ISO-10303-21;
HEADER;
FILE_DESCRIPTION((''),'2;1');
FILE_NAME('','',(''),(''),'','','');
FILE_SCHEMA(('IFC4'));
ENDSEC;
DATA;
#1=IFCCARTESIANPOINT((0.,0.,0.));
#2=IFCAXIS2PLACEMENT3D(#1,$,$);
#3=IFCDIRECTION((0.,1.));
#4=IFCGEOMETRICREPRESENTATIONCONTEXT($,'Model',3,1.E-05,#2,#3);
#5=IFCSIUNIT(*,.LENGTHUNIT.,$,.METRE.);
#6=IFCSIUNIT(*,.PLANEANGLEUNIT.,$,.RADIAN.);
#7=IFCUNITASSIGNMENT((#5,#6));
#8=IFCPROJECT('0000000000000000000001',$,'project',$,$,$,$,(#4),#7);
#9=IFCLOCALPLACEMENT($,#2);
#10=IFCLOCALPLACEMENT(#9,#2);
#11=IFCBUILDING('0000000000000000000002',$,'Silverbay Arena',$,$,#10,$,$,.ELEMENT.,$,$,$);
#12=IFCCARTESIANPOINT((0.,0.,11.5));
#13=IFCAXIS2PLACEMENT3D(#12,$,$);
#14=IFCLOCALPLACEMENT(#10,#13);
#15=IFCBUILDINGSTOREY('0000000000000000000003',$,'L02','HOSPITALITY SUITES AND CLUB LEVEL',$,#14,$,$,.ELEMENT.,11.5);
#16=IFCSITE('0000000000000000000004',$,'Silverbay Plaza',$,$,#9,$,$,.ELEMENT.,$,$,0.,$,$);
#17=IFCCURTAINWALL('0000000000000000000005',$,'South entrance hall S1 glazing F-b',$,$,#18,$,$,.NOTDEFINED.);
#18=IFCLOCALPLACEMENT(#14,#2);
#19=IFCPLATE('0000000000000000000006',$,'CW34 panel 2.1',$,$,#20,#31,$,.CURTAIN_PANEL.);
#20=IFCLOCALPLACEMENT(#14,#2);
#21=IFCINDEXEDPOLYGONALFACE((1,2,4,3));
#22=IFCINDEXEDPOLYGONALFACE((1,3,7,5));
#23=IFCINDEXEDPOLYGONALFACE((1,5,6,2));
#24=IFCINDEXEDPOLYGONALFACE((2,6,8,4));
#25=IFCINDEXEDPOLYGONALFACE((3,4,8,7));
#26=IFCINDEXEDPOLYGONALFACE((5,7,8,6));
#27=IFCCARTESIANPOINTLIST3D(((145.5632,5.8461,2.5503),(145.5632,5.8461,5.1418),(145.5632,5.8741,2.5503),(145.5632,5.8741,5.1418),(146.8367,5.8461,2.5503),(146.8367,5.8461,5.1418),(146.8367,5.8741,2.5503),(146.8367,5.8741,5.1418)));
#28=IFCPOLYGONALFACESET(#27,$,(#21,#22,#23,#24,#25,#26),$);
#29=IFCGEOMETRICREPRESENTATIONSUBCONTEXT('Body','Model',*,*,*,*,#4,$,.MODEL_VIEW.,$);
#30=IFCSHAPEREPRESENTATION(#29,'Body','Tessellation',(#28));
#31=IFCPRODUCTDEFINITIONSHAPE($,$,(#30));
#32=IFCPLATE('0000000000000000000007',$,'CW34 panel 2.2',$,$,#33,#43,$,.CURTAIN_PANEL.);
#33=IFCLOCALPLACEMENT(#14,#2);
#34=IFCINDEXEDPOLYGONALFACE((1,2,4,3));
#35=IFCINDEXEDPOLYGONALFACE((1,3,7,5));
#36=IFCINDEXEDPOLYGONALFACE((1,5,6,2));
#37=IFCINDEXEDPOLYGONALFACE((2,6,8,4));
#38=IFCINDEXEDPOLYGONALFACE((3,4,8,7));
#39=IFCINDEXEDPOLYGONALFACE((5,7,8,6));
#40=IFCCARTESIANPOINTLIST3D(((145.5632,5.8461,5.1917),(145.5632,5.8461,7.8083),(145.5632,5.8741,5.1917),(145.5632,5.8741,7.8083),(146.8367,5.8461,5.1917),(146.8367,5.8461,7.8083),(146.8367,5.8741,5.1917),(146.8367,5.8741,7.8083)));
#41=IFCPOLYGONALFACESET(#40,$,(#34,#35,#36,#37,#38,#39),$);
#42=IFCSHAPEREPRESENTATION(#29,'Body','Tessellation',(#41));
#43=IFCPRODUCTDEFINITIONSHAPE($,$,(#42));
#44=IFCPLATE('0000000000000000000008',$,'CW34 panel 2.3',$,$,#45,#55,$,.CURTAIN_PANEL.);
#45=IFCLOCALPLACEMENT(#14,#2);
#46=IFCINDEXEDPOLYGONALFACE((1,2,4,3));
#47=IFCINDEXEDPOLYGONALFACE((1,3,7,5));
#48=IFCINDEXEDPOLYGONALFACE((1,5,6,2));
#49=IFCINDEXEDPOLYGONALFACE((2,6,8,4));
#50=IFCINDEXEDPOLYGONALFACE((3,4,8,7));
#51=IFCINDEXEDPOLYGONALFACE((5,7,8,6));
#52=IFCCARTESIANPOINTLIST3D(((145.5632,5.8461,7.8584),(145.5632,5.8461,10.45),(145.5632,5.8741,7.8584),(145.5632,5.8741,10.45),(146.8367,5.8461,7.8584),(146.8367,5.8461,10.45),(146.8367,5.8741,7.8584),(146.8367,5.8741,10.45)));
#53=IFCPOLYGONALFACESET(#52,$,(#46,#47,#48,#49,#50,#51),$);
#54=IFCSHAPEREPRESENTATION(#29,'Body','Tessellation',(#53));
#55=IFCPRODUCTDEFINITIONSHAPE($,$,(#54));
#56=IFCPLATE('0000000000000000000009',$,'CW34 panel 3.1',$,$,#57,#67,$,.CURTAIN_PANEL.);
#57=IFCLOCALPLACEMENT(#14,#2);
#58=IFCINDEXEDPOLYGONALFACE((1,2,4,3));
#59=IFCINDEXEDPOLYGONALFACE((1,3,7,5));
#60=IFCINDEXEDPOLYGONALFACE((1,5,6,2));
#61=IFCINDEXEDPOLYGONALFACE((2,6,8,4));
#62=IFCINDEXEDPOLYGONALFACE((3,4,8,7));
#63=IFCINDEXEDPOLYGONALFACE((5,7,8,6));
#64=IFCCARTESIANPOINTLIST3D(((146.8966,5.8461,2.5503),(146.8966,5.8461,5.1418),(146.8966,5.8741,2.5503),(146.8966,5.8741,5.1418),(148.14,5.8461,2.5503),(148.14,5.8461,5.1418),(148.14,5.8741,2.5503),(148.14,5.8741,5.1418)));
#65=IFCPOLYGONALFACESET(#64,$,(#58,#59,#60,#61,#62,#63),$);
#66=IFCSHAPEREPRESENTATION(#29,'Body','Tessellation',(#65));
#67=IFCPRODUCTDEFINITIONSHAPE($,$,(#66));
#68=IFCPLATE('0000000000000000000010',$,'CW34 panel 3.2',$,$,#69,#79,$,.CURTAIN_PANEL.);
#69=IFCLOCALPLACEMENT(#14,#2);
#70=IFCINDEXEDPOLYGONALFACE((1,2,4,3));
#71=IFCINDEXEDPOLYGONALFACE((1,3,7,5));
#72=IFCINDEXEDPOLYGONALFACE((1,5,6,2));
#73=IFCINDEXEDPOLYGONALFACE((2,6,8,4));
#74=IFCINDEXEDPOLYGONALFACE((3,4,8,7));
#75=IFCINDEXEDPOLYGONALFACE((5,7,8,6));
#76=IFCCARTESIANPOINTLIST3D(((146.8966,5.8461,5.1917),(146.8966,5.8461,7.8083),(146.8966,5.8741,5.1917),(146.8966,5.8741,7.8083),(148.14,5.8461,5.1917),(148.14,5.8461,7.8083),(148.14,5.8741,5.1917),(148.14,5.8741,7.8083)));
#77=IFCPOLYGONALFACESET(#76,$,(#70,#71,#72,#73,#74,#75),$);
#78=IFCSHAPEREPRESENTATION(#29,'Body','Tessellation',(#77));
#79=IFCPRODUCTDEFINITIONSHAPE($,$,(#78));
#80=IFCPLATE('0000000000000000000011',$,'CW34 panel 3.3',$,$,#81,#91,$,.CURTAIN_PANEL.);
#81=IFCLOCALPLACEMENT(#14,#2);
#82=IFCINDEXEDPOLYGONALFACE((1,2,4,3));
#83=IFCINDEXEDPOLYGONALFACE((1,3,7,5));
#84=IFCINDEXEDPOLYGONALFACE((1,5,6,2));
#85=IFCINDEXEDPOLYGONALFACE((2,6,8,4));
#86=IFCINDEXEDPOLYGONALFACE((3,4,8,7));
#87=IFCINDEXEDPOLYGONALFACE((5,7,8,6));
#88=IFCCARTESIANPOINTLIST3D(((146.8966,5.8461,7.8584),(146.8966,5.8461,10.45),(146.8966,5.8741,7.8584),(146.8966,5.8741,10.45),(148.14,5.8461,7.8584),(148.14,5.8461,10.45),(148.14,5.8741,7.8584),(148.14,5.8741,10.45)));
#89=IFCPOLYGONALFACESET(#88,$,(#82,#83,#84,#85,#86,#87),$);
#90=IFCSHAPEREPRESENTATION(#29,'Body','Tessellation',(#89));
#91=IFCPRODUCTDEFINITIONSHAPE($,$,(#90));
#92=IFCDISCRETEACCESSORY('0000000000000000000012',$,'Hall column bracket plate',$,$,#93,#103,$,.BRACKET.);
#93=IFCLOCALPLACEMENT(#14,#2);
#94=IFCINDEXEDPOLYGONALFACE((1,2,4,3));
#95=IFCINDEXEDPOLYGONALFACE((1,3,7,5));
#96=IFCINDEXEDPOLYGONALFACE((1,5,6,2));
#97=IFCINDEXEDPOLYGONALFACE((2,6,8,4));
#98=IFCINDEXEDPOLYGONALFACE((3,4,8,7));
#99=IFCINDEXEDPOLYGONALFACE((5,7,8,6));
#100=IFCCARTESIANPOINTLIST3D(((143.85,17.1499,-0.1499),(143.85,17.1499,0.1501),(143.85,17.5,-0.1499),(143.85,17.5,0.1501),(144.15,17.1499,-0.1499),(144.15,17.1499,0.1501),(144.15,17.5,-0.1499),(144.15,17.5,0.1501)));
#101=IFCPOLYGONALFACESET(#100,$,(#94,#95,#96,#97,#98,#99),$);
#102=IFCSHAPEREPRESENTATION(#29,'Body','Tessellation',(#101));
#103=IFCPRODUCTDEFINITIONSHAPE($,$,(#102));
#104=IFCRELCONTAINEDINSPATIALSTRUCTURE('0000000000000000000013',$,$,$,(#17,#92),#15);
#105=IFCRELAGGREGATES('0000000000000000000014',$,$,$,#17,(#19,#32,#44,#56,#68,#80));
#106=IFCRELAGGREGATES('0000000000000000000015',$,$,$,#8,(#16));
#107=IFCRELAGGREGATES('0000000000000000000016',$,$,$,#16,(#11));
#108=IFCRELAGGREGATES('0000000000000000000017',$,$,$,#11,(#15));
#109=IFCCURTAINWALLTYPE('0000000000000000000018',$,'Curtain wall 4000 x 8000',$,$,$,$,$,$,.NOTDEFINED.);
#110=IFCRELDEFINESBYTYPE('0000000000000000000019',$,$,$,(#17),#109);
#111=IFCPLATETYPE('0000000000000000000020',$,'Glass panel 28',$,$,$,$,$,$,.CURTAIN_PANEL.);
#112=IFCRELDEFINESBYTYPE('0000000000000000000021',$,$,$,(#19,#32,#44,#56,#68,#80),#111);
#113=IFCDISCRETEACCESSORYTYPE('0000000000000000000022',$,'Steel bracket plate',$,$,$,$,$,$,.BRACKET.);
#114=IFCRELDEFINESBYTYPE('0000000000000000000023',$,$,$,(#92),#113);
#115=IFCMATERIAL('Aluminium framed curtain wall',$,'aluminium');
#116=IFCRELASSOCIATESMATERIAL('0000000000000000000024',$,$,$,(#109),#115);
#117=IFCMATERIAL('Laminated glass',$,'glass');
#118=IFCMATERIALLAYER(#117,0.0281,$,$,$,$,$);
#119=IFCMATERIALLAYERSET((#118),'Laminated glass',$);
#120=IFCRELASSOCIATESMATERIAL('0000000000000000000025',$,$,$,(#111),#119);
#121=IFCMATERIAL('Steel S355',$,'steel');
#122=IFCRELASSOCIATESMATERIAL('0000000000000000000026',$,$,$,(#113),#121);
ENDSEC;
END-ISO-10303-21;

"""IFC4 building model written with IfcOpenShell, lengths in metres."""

from ifc_helpers import new_model, si_unit, direction, frame, origin, origin_2d, place, context, subcontext, project, spatial, rectangle, extrude, material, layer, layer_set, type_object, element, aggregate, save


model = new_model("IFC4")

# Units and contexts
model_context = context("Model", 3, precision=1e-05, world=origin(), true_north=direction((0.0, 1.0)))
body_context = subcontext(model_context, "Body", "Model", "MODEL_VIEW")
ifc_project = project(units=[si_unit("LENGTHUNIT", "METRE"), si_unit("PLANEANGLEUNIT", "RADIAN")], contexts=[model_context])

# Site, building, storey
site_placement = place(None, origin())
site = spatial("IfcSite", under=ifc_project, at=site_placement, Name="Silverbay Plaza", CompositionType="ELEMENT", RefElevation=0.0)
building_placement = place(site_placement, origin())
building = spatial("IfcBuilding", under=site, at=building_placement, Name="Silverbay Arena", CompositionType="ELEMENT")
storey_placement = place(building_placement, frame((0.0, 0.0, 11.5)))
storey = spatial("IfcBuildingStorey", under=building, at=storey_placement, Name="L02", Description="HOSPITALITY SUITES AND CLUB LEVEL", CompositionType="ELEMENT", Elevation=11.5)

# Curtain wall
ifc_material_1 = material(Name="Aluminium framed curtain wall", Category="aluminium")
curtain_wall_type_1 = type_object("IfcCurtainWallType", Name="Curtain wall 4000 x 8000", PredefinedType="NOTDEFINED", material=ifc_material_1)
curtain_wall_1_placement = place(storey_placement, origin())
curtain_wall_1 = element("IfcCurtainWall", 1, at=curtain_wall_1_placement, inside=storey, type_object=curtain_wall_type_1, Name="South entrance hall S1 glazing F-b", PredefinedType="NOTDEFINED")

# Plates
ifc_material_2 = material(Name="Laminated glass", Category="glass")
ifc_layer = layer(ifc_material_2, 0.0281)
ifc_layer_set = layer_set([ifc_layer], Name="Laminated glass")
plate_type = type_object("IfcPlateType", Name="Glass panel 28", PredefinedType="CURTAIN_PANEL", material=ifc_layer_set)
plate_1_placement = place(storey_placement, frame((146.2, 5.8601, 2.5503), z_axis=(0.0, 0.0, 1.0), x_axis=(1.0, 0.0, 0.0)))
plate_1 = element("IfcPlate", 2, at=plate_1_placement, type_object=plate_type, Name="CW34 panel 2.1", PredefinedType="CURTAIN_PANEL", context=body_context, shape_type="SweptSolid", body=[
    extrude(rectangle(XDim=1.2734, YDim=0.0281, at=origin_2d()), origin(), (0.0, 0.0, 1.0), 2.5916),
])
plate_2_placement = place(storey_placement, frame((146.2, 5.8601, 5.1917), z_axis=(0.0, 0.0, 1.0), x_axis=(1.0, 0.0, 0.0)))
plate_2 = element("IfcPlate", 3, at=plate_2_placement, type_object=plate_type, Name="CW34 panel 2.2", PredefinedType="CURTAIN_PANEL", context=body_context, shape_type="SweptSolid", body=[
    extrude(rectangle(XDim=1.2734, YDim=0.0281, at=origin_2d()), origin(), (0.0, 0.0, 1.0), 2.6167),
])
plate_3_placement = place(storey_placement, frame((146.2, 5.8601, 7.8584), z_axis=(0.0, 0.0, 1.0), x_axis=(1.0, 0.0, 0.0)))
plate_3 = element("IfcPlate", 4, at=plate_3_placement, type_object=plate_type, Name="CW34 panel 2.3", PredefinedType="CURTAIN_PANEL", context=body_context, shape_type="SweptSolid", body=[
    extrude(rectangle(XDim=1.2734, YDim=0.0281, at=origin_2d()), origin(), (0.0, 0.0, 1.0), 2.5916),
])
plate_4_placement = place(storey_placement, frame((147.5183, 5.8601, 2.5503), z_axis=(0.0, 0.0, 1.0), x_axis=(1.0, 0.0, 0.0)))
plate_4 = element("IfcPlate", 5, at=plate_4_placement, type_object=plate_type, Name="CW34 panel 3.1", PredefinedType="CURTAIN_PANEL", context=body_context, shape_type="SweptSolid", body=[
    extrude(rectangle(XDim=1.2434, YDim=0.0281, at=origin_2d()), origin(), (0.0, 0.0, 1.0), 2.5916),
])
plate_5_placement = place(storey_placement, frame((147.5183, 5.8601, 5.1917), z_axis=(0.0, 0.0, 1.0), x_axis=(1.0, 0.0, 0.0)))
plate_5 = element("IfcPlate", 6, at=plate_5_placement, type_object=plate_type, Name="CW34 panel 3.2", PredefinedType="CURTAIN_PANEL", context=body_context, shape_type="SweptSolid", body=[
    extrude(rectangle(XDim=1.2434, YDim=0.0281, at=origin_2d()), origin(), (0.0, 0.0, 1.0), 2.6167),
])
plate_6_placement = place(storey_placement, frame((147.5183, 5.8601, 7.8584), z_axis=(0.0, 0.0, 1.0), x_axis=(1.0, 0.0, 0.0)))
plate_6 = element("IfcPlate", 7, at=plate_6_placement, type_object=plate_type, Name="CW34 panel 3.3", PredefinedType="CURTAIN_PANEL", context=body_context, shape_type="SweptSolid", body=[
    extrude(rectangle(XDim=1.2434, YDim=0.0281, at=origin_2d()), origin(), (0.0, 0.0, 1.0), 2.5916),
])
aggregate(curtain_wall_1, [plate_1, plate_2, plate_3, plate_4, plate_5, plate_6])

# Discrete accessory
ifc_material_3 = material(Name="Steel S355", Category="steel")
discrete_accessory_type = type_object("IfcDiscreteAccessoryType", Name="Steel bracket plate", PredefinedType="BRACKET", material=ifc_material_3)
discrete_accessory_placement = place(storey_placement, frame((144.0, 17.325, -0.1499), z_axis=(0.0, 0.0, 1.0), x_axis=(1.0, 0.0, 0.0)))
element("IfcDiscreteAccessory", 8, at=discrete_accessory_placement, inside=storey, type_object=discrete_accessory_type, Name="Hall column bracket plate", PredefinedType="BRACKET", context=body_context, shape_type="SweptSolid", body=[
    extrude(rectangle(XDim=0.3, YDim=0.3501, at=origin_2d()), origin(), (0.0, 0.0, 1.0), 0.3),
])

save(model, "model.ifc")
